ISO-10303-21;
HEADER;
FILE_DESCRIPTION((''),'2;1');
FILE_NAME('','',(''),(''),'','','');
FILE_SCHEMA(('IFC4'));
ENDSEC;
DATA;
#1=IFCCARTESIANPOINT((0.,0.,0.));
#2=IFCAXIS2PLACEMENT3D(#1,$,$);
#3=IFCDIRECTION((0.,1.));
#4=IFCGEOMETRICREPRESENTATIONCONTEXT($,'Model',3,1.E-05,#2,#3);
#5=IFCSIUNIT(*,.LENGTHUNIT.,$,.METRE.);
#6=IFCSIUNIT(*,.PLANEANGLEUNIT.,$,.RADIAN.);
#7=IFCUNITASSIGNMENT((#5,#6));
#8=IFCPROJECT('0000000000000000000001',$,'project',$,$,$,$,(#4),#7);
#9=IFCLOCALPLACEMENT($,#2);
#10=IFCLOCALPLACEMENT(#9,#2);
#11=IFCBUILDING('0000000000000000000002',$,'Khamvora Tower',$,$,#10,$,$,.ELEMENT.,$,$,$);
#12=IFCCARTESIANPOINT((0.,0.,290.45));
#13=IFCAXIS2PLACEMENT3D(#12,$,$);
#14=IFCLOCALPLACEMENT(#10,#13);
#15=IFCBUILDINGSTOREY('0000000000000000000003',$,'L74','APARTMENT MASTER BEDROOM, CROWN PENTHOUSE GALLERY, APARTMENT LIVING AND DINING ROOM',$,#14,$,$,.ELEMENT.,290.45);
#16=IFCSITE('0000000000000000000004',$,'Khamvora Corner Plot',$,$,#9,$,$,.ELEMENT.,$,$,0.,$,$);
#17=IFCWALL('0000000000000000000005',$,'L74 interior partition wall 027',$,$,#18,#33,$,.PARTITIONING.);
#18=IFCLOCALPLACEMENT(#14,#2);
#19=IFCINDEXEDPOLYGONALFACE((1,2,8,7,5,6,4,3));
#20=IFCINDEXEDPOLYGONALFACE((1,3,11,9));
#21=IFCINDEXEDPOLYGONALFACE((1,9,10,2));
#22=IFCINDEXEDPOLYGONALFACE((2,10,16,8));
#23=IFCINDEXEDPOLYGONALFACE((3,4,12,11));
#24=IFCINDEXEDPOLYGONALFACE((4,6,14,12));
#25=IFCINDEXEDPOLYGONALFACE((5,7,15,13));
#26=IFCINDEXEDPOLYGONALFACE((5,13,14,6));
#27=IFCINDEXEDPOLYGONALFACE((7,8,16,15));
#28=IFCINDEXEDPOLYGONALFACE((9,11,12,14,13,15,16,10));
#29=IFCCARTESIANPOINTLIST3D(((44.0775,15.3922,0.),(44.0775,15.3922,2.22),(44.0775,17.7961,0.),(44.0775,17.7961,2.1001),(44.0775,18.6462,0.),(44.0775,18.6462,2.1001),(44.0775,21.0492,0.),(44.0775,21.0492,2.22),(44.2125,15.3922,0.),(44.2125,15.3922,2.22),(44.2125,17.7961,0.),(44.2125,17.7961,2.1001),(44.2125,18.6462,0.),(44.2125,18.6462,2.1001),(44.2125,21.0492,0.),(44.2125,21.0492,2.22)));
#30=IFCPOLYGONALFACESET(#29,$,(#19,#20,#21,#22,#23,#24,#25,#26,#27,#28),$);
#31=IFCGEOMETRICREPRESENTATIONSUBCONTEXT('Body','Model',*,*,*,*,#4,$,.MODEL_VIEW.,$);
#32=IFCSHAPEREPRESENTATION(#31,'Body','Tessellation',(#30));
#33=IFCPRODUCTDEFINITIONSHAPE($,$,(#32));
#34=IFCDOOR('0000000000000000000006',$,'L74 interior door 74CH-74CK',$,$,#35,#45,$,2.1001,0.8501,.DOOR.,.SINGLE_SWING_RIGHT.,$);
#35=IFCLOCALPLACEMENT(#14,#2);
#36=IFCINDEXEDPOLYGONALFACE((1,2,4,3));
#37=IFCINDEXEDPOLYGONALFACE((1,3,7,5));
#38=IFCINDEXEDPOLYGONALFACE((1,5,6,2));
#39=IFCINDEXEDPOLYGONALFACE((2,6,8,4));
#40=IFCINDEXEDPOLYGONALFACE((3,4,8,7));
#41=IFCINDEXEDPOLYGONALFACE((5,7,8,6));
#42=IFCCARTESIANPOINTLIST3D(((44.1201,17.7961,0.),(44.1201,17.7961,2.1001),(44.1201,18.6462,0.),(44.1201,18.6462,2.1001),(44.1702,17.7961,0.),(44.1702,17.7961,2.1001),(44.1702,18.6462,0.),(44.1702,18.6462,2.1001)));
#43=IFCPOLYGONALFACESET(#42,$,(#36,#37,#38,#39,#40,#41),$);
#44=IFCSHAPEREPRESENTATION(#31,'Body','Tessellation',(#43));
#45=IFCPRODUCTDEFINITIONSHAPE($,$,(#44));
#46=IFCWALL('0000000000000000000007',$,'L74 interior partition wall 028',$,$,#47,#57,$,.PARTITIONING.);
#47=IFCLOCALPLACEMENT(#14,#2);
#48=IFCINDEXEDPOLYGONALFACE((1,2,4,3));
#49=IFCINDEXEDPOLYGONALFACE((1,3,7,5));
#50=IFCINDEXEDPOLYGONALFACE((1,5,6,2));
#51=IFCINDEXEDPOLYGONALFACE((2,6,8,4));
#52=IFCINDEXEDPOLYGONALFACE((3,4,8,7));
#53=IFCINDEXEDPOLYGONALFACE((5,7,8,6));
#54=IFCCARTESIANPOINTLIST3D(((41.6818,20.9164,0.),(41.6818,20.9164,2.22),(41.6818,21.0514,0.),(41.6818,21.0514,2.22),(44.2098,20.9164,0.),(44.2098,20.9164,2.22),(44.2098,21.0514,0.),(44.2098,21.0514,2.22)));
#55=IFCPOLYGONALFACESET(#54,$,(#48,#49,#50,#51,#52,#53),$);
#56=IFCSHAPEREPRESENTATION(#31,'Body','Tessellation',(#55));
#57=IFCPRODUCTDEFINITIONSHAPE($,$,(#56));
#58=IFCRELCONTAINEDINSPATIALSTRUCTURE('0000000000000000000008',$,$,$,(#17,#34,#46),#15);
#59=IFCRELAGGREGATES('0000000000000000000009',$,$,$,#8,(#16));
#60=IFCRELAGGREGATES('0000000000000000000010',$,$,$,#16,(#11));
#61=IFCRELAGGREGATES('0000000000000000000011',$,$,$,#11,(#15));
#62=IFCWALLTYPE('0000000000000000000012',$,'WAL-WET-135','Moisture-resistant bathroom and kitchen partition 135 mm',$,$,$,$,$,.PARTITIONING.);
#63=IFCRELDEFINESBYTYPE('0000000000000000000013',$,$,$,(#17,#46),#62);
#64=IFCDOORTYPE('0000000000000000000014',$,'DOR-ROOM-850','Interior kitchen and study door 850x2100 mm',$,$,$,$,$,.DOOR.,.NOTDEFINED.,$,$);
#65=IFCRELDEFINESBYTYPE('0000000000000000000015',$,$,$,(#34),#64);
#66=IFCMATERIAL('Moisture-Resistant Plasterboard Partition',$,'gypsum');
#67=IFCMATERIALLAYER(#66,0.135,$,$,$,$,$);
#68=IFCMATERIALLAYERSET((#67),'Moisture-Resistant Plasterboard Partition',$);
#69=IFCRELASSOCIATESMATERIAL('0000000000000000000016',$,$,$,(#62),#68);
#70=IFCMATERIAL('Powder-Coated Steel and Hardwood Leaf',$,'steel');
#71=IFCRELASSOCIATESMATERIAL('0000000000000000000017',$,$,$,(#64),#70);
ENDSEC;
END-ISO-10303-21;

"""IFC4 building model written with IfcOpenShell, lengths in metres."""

from ifc_helpers import new_model, si_unit, direction, frame, frame_2d, origin, place, context, subcontext, project, spatial, rectangle, extrude, material, layer, layer_set, type_object, element, fill, save


model = new_model("IFC4")

# Units and contexts
model_context = context("Model", 3, precision=1e-05, world=origin(), true_north=direction((0.0, 1.0)))
body_context = subcontext(model_context, "Body", "Model", "MODEL_VIEW")
ifc_project = project(units=[si_unit("LENGTHUNIT", "METRE"), si_unit("PLANEANGLEUNIT", "RADIAN")], contexts=[model_context])

# Site, building, storey
site_placement = place(None, origin())
site = spatial("IfcSite", under=ifc_project, at=site_placement, Name="Khamvora Corner Plot", CompositionType="ELEMENT", RefElevation=0.0)
building_placement = place(site_placement, origin())
building = spatial("IfcBuilding", under=site, at=building_placement, Name="Khamvora Tower", CompositionType="ELEMENT")
storey_placement = place(building_placement, frame((0.0, 0.0, 290.45)))
storey = spatial("IfcBuildingStorey", under=building, at=storey_placement, Name="L74", Description="APARTMENT MASTER BEDROOM, CROWN PENTHOUSE GALLERY, APARTMENT LIVING AND DINING ROOM", CompositionType="ELEMENT", Elevation=290.45)

# Shared definitions
ifc_material_1 = material(Name="Powder-Coated Steel and Hardwood Leaf", Category="steel")

# Shared definitions
ifc_material_2 = material(Name="Moisture-Resistant Plasterboard Partition", Category="gypsum")
ifc_layer_1 = layer(ifc_material_2, 0.135)
ifc_layer_set_1 = layer_set([ifc_layer_1], Name="Moisture-Resistant Plasterboard Partition")
wall_type_1 = type_object("IfcWallType", Name="WAL-WET-135", Description="Moisture-resistant bathroom and kitchen partition 135 mm", PredefinedType="PARTITIONING", material=ifc_layer_set_1)

# Wall, opening, door
wall_1_placement = place(storey_placement, frame((44.145, 15.3921, 0.0), z_axis=(0.0, 0.0, 1.0), x_axis=(0.0, 1.0, 0.0)))
wall_1 = element("IfcWall", 1, at=wall_1_placement, inside=storey, type_object=wall_type_1, Name="L74 interior partition wall 027", PredefinedType="PARTITIONING", context=body_context, shape_type="SweptSolid", body=[
    extrude(rectangle(XDim=5.657, YDim=0.135, at=frame_2d((2.8286, 0.0))), origin(), (0.0, 0.0, 1.0), 2.22),
])
opening_1_placement = place(wall_1_placement, frame((2.4041, 0.0, 0.0)))
opening_1 = element("IfcOpeningElement", 2, at=opening_1_placement, cuts=wall_1, PredefinedType="OPENING", context=body_context, shape_type="SweptSolid", body=[
    extrude(rectangle(XDim=0.8501, YDim=2.1001, at=frame_2d((0.425, 1.05))), frame((0.0, 0.0774, 0.0), z_axis=(0.0, -1.0, 0.0), x_axis=(1.0, 0.0, 0.0)), (0.0, 0.0, 1.0), 0.155),
])
door_type_1 = type_object("IfcDoorType", Name="DOR-ROOM-850", Description="Interior kitchen and study door 850x2100 mm", OperationType="NOTDEFINED", PredefinedType="DOOR", material=ifc_material_1)
door_1_placement = place(opening_1_placement, origin())
door_1 = element("IfcDoor", 3, at=door_1_placement, inside=storey, type_object=door_type_1, Name="L74 interior door 74CH-74CK", OperationType="SINGLE_SWING_RIGHT", OverallHeight=2.1001, OverallWidth=0.8501, PredefinedType="DOOR", context=body_context, shape_type="SweptSolid", body=[
    extrude(rectangle(XDim=0.8501, YDim=2.1001, at=frame_2d((0.425, 1.05))), frame((0.0, 0.0249, 0.0), z_axis=(0.0, -1.0, 0.0), x_axis=(1.0, 0.0, 0.0)), (0.0, 0.0, 1.0), 0.05),
])
fill(opening_1, door_1)

# Wall
wall_2_placement = place(storey_placement, frame((44.21, 20.9839, 0.0), z_axis=(0.0, 0.0, 1.0), x_axis=(-1.0, 0.0, 0.0)))
element("IfcWall", 4, at=wall_2_placement, inside=storey, type_object=wall_type_1, Name="L74 interior partition wall 028", PredefinedType="PARTITIONING", context=body_context, shape_type="SweptSolid", body=[
    extrude(rectangle(XDim=2.5281, YDim=0.135, at=frame_2d((1.2642, 0.0))), origin(), (0.0, 0.0, 1.0), 2.22),
])

save(model, "model.ifc")
